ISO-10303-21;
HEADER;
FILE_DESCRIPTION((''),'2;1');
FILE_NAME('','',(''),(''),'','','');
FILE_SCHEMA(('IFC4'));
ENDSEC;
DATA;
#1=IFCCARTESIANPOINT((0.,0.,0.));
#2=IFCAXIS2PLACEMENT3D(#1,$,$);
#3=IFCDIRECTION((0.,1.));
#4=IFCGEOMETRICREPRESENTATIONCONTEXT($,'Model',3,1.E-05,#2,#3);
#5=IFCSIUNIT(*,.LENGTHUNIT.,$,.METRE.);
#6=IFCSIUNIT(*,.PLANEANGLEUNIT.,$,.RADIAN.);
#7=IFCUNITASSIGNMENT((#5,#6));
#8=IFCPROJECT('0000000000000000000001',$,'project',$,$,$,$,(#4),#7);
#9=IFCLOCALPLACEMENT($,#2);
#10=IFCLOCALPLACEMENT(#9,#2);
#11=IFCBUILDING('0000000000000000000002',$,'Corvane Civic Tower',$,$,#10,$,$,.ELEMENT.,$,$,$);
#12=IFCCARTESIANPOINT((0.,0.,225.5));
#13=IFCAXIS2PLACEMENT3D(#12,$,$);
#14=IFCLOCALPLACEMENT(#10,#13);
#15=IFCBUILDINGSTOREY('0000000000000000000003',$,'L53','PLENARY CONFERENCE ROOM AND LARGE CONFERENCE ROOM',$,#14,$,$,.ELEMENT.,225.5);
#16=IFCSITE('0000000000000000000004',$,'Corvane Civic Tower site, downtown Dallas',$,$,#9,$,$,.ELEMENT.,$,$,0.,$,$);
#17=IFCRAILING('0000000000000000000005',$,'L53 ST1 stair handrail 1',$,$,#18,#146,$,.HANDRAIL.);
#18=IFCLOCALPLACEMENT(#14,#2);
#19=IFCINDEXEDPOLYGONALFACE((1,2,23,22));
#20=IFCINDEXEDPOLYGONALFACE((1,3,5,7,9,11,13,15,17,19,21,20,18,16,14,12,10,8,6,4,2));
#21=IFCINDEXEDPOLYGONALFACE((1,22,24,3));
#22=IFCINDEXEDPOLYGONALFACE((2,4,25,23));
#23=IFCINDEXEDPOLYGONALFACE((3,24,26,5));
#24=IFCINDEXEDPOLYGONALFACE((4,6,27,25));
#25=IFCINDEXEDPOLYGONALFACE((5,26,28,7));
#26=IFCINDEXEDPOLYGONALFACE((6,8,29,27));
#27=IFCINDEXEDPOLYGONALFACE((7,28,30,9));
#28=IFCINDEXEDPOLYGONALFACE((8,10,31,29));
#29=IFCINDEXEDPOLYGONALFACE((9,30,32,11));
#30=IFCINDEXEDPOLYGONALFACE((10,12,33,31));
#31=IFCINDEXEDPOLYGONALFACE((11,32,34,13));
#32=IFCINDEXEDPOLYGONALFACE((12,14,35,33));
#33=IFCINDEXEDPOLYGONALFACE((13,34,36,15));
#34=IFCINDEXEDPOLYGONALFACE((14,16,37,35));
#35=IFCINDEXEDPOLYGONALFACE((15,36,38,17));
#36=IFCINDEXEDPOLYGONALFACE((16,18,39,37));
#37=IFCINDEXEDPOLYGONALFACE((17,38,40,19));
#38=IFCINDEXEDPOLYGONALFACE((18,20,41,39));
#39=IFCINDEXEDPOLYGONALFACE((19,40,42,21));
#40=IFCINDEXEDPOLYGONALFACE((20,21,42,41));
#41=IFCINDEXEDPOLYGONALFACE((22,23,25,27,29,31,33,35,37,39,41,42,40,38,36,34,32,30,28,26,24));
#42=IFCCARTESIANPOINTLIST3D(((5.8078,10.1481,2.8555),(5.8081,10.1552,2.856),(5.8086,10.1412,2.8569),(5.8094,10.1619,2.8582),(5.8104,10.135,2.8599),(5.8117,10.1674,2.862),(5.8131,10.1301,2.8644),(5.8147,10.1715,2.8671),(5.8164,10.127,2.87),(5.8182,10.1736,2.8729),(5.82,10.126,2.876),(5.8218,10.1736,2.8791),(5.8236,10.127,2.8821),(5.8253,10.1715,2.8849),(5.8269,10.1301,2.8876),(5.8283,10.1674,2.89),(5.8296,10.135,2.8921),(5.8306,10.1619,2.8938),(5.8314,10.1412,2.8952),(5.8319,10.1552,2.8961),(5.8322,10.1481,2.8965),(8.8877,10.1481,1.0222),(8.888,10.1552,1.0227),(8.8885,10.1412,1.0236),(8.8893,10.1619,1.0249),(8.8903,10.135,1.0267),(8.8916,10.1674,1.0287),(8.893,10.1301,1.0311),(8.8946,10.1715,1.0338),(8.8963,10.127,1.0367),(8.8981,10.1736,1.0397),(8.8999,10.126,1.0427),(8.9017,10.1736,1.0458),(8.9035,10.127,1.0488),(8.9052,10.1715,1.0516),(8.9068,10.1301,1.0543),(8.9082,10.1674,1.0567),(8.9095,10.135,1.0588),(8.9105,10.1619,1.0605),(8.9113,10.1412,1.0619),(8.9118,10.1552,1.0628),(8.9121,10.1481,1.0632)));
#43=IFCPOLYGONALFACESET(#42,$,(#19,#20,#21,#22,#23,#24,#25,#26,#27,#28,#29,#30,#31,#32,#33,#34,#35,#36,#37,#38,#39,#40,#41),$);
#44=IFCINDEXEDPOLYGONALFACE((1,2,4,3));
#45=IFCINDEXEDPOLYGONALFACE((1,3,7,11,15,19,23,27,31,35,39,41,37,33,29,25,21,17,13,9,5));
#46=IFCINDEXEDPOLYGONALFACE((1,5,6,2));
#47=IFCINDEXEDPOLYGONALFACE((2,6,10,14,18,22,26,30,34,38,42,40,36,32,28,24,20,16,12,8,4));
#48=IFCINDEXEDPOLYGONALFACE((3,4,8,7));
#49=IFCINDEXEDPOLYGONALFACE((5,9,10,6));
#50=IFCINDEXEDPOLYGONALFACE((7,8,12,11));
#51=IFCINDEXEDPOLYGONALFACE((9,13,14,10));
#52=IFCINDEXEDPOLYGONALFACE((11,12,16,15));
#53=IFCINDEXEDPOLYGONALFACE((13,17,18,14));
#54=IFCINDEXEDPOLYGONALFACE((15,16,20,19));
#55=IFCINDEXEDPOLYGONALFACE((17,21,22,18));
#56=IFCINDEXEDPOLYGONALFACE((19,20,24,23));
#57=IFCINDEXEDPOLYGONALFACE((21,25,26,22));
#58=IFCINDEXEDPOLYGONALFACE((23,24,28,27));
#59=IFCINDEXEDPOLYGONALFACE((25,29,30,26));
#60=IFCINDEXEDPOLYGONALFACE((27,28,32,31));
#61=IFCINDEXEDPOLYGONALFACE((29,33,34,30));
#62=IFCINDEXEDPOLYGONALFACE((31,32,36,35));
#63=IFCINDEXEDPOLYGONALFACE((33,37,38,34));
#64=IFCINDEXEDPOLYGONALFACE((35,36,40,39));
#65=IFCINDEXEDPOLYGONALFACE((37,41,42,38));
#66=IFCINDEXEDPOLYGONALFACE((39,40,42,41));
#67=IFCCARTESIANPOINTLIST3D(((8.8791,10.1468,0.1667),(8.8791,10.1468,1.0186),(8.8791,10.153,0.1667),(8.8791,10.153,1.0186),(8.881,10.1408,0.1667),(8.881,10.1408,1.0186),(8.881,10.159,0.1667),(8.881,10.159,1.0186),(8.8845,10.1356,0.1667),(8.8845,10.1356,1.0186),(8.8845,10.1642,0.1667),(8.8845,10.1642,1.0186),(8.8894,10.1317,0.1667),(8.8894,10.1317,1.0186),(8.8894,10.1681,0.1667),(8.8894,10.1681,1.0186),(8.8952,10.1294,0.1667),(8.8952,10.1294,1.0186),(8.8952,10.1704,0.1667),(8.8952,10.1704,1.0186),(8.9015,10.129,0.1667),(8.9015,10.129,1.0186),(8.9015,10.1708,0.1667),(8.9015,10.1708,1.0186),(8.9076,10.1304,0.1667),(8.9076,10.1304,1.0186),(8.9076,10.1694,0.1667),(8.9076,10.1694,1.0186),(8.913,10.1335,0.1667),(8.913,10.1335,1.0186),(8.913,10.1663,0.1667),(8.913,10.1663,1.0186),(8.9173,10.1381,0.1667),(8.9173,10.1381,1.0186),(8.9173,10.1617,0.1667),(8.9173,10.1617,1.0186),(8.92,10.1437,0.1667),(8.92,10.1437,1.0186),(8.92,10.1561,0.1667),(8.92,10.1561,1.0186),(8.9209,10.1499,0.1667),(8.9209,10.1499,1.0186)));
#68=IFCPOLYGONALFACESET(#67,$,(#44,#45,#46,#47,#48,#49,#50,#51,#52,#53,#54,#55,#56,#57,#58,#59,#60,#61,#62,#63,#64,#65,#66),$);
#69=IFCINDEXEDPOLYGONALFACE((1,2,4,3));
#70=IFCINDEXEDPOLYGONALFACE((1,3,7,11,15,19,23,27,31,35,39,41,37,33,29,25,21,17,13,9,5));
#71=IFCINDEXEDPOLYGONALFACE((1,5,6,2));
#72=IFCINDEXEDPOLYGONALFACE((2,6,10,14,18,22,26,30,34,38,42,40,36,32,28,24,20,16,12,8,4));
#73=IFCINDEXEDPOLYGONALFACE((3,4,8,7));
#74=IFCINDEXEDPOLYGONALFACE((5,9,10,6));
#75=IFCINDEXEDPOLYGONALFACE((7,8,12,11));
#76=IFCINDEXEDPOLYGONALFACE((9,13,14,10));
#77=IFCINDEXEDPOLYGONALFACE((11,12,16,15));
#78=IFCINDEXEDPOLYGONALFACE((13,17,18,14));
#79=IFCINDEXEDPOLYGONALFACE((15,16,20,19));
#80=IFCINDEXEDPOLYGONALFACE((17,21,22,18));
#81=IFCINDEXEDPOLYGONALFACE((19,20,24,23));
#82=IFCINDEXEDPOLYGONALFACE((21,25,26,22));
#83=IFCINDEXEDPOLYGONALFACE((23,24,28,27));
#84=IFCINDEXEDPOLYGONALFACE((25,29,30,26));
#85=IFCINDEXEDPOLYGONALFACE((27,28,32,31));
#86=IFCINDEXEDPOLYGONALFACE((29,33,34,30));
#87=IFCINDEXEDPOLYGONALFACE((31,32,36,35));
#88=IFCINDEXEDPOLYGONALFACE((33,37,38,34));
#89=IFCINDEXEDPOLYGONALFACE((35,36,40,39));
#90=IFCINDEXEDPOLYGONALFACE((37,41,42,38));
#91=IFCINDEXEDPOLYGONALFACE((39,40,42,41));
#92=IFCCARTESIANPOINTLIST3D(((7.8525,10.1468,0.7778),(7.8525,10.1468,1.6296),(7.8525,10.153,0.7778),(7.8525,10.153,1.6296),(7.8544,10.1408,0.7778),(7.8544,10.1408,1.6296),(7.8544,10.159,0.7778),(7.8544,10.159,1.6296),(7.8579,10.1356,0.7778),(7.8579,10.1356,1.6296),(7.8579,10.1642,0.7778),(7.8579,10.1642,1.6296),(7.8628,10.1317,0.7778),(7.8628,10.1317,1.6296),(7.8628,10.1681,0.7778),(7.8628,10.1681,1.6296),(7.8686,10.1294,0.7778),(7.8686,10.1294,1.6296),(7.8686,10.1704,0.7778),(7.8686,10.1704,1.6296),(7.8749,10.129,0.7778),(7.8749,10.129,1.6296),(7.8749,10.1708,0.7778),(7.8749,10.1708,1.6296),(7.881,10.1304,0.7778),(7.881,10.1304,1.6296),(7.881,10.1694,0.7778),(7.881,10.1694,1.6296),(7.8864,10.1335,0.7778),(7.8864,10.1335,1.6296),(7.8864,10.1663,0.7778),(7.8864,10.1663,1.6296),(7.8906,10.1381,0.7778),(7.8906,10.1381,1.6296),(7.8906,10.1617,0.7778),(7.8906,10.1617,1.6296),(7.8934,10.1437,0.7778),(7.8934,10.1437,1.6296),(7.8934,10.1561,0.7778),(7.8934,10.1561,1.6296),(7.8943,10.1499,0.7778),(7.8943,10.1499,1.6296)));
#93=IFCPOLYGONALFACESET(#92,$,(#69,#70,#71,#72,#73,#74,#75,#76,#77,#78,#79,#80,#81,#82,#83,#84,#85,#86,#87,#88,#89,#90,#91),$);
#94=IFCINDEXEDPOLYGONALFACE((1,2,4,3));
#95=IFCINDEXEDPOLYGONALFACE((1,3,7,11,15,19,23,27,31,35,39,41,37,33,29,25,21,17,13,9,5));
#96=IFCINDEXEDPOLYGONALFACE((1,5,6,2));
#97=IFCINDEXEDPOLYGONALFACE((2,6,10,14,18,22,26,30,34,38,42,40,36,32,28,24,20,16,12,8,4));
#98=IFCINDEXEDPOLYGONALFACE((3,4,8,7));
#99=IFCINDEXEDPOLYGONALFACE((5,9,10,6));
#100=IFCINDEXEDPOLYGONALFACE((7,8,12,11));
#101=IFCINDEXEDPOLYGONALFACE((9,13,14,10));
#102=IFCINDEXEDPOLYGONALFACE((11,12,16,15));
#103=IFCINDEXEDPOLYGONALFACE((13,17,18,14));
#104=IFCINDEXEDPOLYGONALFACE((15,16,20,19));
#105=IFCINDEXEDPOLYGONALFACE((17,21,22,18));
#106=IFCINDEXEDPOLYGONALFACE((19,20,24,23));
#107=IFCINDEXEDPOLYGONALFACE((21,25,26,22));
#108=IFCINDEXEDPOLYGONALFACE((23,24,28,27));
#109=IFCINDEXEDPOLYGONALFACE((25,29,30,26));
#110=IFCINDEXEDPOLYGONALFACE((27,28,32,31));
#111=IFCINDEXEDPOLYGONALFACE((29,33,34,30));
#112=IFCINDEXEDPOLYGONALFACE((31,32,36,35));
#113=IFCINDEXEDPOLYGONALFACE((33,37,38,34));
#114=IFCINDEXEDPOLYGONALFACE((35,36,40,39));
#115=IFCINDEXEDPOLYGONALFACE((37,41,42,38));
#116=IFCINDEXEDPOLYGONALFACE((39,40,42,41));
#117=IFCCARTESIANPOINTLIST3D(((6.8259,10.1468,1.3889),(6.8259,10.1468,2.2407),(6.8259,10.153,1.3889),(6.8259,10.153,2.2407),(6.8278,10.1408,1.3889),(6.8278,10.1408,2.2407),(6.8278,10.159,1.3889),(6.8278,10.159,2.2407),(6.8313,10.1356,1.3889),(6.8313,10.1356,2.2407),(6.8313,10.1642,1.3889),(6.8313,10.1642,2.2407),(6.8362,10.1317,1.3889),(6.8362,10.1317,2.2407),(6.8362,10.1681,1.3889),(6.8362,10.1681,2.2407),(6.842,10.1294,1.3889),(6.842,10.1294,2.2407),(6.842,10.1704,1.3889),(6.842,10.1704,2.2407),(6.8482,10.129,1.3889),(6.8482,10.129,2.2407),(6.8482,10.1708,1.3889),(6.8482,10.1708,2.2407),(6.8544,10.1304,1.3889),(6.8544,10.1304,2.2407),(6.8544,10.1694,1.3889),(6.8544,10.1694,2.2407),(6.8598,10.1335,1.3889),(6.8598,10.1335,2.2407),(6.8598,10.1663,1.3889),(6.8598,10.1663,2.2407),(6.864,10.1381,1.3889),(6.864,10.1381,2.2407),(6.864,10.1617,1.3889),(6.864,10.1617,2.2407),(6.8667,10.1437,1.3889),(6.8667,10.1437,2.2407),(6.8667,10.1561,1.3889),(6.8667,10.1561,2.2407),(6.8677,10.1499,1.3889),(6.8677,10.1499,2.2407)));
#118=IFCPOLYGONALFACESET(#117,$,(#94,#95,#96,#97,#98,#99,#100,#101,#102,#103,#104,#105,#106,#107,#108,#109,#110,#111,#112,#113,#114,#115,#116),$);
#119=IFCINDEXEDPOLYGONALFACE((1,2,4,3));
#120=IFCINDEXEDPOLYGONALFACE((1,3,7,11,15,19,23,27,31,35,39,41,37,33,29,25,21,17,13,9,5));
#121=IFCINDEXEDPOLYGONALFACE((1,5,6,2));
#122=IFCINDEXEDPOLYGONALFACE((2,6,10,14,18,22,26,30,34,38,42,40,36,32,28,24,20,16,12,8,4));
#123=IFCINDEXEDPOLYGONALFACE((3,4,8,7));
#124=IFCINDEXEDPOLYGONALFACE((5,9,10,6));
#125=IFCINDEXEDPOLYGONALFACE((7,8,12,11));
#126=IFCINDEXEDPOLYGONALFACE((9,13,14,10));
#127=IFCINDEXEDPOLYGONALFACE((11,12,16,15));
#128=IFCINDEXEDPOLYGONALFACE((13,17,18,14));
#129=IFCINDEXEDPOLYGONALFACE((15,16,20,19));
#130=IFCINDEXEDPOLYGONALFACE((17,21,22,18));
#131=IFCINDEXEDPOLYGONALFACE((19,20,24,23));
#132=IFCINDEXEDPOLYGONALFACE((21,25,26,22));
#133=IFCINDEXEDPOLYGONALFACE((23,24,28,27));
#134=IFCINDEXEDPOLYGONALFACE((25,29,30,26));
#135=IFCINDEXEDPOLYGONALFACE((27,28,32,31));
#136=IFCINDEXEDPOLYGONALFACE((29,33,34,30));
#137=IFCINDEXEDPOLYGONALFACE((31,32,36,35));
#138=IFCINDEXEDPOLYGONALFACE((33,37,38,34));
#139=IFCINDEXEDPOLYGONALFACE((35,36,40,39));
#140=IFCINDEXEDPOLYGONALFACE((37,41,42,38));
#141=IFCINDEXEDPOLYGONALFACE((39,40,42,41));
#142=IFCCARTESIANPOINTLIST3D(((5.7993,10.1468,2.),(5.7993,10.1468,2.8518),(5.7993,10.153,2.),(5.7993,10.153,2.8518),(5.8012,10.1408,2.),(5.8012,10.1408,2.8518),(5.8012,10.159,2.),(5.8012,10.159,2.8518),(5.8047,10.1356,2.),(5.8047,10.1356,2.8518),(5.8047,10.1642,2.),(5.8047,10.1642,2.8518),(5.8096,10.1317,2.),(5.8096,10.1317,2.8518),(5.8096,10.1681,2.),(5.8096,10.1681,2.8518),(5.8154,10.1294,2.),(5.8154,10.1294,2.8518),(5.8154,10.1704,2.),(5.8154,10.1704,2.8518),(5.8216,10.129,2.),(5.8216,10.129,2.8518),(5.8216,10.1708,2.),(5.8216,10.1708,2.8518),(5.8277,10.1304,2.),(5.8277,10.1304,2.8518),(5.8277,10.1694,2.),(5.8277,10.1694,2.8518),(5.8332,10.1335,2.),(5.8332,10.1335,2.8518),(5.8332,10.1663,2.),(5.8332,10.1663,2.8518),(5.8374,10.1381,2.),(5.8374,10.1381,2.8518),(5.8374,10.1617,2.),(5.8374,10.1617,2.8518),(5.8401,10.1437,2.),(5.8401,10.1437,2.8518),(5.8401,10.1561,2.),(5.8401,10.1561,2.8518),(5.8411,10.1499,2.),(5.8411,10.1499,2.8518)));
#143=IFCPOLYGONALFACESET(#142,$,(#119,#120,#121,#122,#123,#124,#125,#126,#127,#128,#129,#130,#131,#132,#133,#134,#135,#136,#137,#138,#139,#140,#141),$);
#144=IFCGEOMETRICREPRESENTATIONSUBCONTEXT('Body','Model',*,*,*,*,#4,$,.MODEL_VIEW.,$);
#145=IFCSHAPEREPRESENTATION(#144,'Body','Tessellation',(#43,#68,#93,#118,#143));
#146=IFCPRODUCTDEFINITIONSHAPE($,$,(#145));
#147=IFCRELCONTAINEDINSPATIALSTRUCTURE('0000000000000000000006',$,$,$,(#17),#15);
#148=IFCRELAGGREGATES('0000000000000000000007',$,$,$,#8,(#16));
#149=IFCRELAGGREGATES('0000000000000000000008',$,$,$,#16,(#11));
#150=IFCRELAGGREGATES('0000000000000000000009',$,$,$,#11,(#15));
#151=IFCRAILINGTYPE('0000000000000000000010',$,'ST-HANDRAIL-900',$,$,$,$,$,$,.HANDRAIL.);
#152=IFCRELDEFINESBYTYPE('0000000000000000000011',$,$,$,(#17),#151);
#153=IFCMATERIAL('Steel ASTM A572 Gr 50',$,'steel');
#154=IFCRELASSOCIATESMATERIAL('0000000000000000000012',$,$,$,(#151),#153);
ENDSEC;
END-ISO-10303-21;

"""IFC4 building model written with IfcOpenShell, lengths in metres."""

from ifc_helpers import new_model, si_unit, direction, frame, origin, origin_2d, place, context, subcontext, project, spatial, circle, extrude, material, type_object, element, save


model = new_model("IFC4")

# Units and contexts
model_context = context("Model", 3, precision=1e-05, world=origin(), true_north=direction((0.0, 1.0)))
body_context = subcontext(model_context, "Body", "Model", "MODEL_VIEW")
ifc_project = project(units=[si_unit("LENGTHUNIT", "METRE"), si_unit("PLANEANGLEUNIT", "RADIAN")], contexts=[model_context])

# Site, building, storey
site_placement = place(None, origin())
site = spatial("IfcSite", under=ifc_project, at=site_placement, Name="Corvane Civic Tower site, downtown Dallas", CompositionType="ELEMENT", RefElevation=0.0)
building_placement = place(site_placement, origin())
building = spatial("IfcBuilding", under=site, at=building_placement, Name="Corvane Civic Tower", CompositionType="ELEMENT")
storey_placement = place(building_placement, frame((0.0, 0.0, 225.5)))
storey = spatial("IfcBuildingStorey", under=building, at=storey_placement, Name="L53", Description="PLENARY CONFERENCE ROOM AND LARGE CONFERENCE ROOM", CompositionType="ELEMENT", Elevation=225.5)

# Railing
ifc_material_1 = material(Name="Steel ASTM A572 Gr 50", Category="steel")
railing_type = type_object("IfcRailingType", Name="ST-HANDRAIL-900", PredefinedType="HANDRAIL", material=ifc_material_1)
railing_placement = place(storey_placement, frame((8.8999, 10.1499, 0.1667)))
element("IfcRailing", 1, at=railing_placement, inside=storey, type_object=railing_type, Name="L53 ST1 stair handrail 1", PredefinedType="HANDRAIL", context=body_context, shape_type="SweptSolid", body=[
    extrude(circle(Radius=0.0239, at=origin_2d()), frame((0.0, 0.0, 0.876), z_axis=(-0.859291, 0.0, 0.511487), x_axis=(0.0, -1.0, 0.0)), (0.0, 0.0, 1.0), 3.5842),
    extrude(circle(Radius=0.021, at=origin_2d()), origin(), (0.0, 0.0, 1.0), 0.8518),
    extrude(circle(Radius=0.021, at=origin_2d()), frame((-1.0266, 0.0, 0.6111)), (0.0, 0.0, 1.0), 0.8518),
    extrude(circle(Radius=0.021, at=origin_2d()), frame((-2.0532, 0.0, 1.2222)), (0.0, 0.0, 1.0), 0.8518),
    extrude(circle(Radius=0.021, at=origin_2d()), frame((-3.0798, 0.0, 1.8333)), (0.0, 0.0, 1.0), 0.8518),
])

save(model, "model.ifc")
